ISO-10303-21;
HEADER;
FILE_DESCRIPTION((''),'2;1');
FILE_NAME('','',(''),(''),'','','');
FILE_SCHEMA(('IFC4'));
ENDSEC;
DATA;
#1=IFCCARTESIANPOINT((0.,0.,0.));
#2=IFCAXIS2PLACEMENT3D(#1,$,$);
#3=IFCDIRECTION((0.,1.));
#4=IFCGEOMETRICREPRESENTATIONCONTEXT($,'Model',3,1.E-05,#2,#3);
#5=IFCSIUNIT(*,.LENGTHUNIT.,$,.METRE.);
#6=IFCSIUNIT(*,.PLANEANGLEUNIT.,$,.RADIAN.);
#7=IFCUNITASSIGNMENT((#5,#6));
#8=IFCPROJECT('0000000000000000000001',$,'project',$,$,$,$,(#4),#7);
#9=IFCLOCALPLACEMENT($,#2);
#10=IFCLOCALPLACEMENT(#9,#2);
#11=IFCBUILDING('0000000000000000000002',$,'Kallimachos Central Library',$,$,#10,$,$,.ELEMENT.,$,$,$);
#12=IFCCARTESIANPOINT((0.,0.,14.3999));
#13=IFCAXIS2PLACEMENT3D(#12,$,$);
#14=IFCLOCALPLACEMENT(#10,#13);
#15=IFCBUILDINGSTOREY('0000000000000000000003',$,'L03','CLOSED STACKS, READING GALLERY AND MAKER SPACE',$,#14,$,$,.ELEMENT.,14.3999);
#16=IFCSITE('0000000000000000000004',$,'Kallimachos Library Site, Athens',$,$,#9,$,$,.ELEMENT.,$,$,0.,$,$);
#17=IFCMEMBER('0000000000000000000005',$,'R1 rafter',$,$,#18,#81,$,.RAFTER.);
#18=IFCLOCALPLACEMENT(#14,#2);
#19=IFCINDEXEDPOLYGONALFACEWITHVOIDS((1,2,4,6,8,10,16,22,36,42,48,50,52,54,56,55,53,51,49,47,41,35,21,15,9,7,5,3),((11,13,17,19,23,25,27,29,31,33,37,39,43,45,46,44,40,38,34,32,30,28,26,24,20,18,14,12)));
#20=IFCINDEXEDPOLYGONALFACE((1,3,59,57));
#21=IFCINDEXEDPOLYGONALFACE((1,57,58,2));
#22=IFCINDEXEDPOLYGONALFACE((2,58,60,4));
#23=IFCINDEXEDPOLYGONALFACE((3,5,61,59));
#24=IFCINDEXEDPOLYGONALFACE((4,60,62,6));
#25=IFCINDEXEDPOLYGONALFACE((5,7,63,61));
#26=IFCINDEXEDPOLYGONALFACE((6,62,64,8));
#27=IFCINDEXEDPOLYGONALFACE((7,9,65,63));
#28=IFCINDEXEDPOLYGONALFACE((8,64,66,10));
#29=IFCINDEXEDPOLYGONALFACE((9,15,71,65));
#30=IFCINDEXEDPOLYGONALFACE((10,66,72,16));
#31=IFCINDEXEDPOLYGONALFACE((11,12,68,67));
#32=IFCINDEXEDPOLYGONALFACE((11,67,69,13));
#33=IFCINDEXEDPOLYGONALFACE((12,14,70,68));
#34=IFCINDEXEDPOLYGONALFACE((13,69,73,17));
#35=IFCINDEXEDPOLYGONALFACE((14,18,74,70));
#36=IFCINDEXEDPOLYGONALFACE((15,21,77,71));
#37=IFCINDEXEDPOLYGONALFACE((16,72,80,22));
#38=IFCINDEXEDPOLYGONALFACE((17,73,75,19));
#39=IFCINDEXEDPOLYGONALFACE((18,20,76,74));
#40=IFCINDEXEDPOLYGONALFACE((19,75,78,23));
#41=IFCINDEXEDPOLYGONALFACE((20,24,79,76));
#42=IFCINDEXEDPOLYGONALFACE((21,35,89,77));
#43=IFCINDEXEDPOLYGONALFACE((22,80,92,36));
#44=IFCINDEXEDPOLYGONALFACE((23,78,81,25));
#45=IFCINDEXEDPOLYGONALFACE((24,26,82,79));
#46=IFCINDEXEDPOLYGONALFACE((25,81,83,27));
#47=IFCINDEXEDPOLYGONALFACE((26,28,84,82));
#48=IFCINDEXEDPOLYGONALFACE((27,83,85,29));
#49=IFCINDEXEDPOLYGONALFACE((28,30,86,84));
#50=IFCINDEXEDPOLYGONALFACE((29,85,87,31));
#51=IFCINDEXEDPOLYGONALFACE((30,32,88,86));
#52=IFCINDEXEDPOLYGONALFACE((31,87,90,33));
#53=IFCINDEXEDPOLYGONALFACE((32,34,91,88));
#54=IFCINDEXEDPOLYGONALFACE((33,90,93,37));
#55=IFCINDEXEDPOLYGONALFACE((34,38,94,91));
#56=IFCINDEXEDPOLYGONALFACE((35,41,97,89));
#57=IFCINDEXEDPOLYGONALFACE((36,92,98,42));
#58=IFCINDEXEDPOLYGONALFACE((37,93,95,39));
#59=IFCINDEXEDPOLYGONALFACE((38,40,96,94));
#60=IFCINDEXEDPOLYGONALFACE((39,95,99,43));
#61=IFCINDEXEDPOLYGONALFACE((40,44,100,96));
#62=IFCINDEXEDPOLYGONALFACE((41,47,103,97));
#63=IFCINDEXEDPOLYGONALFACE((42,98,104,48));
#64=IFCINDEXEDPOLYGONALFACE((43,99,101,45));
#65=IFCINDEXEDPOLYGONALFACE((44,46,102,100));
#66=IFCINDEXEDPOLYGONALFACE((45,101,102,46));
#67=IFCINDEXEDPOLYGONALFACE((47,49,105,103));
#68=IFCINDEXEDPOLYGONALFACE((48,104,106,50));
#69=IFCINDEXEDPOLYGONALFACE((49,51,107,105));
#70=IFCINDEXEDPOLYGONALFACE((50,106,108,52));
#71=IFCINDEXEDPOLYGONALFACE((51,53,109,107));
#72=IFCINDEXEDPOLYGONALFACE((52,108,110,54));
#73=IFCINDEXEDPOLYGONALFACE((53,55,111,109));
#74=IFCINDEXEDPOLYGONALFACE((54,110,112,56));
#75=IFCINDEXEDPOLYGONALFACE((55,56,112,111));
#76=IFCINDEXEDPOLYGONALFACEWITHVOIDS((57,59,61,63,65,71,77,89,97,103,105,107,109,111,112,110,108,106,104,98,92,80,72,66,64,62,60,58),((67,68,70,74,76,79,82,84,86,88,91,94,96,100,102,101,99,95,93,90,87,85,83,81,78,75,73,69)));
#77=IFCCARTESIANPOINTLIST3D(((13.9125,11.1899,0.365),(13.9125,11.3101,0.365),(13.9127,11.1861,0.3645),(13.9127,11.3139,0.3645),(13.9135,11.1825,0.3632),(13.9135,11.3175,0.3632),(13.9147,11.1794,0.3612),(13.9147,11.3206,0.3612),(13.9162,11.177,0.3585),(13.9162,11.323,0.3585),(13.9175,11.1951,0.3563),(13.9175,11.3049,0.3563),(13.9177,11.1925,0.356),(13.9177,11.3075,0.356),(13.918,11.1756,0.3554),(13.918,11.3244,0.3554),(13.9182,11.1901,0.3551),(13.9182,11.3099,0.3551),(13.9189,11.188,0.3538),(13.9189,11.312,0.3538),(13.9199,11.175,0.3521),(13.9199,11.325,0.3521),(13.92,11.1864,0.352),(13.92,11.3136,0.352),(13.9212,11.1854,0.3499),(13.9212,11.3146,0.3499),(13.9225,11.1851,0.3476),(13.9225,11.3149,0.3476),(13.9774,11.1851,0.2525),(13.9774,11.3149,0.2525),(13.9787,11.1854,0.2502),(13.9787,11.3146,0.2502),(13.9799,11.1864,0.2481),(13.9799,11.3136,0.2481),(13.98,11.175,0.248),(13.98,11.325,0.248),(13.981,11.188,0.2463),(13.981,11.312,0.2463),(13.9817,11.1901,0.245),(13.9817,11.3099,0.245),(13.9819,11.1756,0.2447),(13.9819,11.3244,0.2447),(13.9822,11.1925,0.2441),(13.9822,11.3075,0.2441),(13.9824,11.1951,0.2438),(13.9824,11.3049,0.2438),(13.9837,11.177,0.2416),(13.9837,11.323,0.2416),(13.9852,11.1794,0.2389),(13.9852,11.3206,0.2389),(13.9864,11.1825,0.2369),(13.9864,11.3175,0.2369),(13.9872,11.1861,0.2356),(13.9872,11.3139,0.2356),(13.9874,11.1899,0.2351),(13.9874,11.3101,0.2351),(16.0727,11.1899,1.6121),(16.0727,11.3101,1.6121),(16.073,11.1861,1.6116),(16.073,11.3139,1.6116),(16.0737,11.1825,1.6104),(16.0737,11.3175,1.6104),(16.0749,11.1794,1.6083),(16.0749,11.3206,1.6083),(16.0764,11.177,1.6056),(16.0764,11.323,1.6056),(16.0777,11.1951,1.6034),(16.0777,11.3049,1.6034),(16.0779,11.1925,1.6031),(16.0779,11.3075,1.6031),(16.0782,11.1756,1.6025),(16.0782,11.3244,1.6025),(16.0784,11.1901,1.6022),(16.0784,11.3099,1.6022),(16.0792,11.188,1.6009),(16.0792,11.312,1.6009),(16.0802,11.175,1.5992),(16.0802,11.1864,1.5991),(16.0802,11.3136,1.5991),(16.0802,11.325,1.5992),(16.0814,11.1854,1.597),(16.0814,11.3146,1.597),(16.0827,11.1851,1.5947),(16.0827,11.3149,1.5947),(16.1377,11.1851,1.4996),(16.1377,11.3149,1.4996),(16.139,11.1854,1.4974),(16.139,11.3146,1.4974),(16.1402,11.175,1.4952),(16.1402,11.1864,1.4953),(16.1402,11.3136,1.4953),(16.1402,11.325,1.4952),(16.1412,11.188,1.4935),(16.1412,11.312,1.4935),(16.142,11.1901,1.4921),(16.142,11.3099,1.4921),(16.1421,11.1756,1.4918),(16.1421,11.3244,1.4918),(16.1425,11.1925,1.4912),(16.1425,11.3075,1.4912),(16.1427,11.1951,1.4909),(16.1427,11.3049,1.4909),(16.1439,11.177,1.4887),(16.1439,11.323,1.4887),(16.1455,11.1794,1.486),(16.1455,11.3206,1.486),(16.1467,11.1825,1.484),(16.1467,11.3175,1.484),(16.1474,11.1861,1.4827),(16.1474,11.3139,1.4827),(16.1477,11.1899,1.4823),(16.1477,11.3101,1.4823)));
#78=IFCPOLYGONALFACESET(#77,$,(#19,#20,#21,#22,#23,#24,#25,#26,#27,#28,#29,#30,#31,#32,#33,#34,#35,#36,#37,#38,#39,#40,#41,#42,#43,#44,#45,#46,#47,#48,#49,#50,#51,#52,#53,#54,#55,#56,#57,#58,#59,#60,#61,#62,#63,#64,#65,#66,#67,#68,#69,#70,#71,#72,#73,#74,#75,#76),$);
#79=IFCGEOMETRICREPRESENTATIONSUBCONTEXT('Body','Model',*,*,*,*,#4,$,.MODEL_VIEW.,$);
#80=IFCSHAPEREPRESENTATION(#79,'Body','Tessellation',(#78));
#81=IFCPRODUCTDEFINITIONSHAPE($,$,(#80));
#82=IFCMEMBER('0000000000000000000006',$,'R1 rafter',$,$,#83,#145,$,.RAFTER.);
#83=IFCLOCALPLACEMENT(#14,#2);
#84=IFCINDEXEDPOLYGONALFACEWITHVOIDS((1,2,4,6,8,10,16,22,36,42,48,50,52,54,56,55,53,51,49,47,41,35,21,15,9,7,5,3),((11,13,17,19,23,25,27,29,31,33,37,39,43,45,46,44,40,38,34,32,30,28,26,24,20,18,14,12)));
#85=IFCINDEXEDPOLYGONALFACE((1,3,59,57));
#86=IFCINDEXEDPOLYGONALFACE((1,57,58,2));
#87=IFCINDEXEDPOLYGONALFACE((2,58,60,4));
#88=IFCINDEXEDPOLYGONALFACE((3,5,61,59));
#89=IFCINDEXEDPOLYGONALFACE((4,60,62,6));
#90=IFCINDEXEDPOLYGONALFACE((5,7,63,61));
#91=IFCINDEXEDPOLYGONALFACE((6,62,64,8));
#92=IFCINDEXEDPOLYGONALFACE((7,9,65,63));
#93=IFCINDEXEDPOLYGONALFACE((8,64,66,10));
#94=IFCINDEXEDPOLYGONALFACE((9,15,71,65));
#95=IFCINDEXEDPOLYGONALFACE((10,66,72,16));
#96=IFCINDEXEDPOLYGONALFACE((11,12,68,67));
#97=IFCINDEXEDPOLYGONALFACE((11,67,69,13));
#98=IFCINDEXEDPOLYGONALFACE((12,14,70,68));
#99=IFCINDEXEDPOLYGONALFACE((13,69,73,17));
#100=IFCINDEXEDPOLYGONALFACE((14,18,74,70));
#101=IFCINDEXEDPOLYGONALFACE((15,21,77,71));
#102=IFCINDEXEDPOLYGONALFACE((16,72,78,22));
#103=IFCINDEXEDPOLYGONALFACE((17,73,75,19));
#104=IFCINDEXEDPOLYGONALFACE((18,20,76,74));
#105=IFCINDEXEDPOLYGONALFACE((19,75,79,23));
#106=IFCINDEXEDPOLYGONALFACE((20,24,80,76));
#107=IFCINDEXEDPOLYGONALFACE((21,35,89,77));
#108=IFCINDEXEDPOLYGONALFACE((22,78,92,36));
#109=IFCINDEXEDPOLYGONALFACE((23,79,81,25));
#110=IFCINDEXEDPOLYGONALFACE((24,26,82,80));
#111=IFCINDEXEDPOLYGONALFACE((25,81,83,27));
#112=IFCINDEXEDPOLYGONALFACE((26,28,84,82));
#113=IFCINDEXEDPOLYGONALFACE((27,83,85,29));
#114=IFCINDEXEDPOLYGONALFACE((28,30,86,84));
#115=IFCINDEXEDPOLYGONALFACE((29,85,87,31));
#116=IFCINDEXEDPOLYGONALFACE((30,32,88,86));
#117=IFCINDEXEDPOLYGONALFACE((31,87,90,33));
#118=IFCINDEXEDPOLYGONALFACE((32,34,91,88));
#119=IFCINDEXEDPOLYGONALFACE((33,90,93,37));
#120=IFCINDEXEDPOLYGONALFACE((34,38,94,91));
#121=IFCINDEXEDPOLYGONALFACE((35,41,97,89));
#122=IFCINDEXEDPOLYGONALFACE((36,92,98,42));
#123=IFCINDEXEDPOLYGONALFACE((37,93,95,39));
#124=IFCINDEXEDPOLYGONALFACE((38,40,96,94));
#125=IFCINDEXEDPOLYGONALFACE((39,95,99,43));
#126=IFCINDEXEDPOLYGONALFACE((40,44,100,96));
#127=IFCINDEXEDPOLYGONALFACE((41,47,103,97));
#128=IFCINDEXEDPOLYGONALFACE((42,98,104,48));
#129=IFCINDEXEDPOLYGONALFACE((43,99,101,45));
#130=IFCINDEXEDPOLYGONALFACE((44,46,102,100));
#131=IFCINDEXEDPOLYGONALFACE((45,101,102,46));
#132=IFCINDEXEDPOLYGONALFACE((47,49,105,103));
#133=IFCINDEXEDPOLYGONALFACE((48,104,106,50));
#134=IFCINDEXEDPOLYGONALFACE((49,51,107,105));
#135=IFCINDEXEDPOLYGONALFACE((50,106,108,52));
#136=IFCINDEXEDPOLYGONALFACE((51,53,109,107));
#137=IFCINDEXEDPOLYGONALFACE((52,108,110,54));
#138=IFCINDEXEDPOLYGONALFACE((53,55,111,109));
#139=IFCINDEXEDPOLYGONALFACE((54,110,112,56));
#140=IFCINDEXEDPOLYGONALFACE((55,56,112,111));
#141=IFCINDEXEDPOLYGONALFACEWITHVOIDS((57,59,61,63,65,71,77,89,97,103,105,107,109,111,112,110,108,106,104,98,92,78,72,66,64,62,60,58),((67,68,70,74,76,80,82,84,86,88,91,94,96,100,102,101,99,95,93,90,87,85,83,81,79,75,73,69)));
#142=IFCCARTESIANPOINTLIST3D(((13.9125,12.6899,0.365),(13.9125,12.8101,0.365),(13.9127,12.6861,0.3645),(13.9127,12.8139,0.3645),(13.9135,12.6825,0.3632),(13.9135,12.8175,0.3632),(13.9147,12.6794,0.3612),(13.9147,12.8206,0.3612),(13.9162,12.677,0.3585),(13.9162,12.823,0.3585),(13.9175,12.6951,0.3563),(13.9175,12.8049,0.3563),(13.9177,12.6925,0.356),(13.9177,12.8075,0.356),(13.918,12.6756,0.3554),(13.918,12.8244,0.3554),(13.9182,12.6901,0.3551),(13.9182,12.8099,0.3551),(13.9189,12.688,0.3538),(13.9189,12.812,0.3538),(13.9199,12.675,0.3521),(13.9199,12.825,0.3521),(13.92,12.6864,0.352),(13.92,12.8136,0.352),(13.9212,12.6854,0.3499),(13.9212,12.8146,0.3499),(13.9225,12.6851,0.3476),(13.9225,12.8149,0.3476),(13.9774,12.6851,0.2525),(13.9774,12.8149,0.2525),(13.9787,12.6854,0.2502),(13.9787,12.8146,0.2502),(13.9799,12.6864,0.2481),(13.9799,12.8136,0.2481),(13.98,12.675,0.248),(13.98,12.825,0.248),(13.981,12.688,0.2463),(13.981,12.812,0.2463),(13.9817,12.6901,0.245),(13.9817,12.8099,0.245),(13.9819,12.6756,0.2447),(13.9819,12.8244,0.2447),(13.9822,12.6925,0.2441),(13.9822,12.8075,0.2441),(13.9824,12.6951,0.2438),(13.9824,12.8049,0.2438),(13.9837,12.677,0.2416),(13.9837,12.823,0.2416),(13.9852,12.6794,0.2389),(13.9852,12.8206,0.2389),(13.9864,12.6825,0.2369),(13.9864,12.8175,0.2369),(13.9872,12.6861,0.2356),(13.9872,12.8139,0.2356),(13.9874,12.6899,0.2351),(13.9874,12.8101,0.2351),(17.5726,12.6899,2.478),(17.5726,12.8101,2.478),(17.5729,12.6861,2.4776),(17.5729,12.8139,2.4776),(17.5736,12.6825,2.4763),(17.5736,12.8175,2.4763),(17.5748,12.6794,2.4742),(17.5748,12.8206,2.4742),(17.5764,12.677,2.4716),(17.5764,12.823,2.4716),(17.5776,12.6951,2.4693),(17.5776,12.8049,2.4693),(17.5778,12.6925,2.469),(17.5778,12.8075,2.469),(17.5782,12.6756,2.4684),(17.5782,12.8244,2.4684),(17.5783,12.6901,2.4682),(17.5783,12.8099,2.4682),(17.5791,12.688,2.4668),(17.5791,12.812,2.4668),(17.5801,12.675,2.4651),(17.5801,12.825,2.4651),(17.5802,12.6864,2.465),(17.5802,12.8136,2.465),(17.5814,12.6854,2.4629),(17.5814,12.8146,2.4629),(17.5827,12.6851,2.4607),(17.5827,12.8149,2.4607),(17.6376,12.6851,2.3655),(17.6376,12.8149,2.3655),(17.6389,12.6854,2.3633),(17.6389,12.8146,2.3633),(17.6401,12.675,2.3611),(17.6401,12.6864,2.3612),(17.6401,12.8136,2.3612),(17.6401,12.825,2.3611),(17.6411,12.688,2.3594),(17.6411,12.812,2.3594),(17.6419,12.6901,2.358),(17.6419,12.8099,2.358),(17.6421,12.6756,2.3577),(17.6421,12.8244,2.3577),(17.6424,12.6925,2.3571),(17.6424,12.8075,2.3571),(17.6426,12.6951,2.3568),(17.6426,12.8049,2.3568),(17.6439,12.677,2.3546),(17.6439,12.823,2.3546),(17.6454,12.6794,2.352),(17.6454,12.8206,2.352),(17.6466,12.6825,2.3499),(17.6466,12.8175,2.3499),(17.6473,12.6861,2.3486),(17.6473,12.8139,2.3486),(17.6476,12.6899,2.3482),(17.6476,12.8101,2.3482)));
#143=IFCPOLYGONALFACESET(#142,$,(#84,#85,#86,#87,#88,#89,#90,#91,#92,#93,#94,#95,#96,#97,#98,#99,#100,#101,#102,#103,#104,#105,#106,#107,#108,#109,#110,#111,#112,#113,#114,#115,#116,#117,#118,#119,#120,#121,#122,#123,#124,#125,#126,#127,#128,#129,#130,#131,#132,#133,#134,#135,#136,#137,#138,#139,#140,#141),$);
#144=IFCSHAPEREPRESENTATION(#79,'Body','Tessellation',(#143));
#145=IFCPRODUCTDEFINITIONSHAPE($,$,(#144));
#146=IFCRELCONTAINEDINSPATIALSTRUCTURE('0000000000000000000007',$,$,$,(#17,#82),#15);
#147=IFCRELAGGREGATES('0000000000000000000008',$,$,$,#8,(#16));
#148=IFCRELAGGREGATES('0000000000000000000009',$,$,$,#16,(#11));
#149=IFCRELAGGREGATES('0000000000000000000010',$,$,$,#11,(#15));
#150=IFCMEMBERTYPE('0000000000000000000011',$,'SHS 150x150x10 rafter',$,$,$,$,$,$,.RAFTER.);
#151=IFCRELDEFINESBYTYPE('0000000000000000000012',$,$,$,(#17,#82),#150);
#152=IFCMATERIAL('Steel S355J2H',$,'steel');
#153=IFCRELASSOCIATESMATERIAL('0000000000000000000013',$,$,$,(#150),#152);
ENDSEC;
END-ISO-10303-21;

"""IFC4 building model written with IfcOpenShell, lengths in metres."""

from ifc_helpers import new_model, si_unit, direction, frame, origin, origin_2d, place, context, subcontext, project, spatial, hollow_rectangle, extrude, material, material_profile, profile_set, type_object, element, save


model = new_model("IFC4")

# Units and contexts
model_context = context("Model", 3, precision=1e-05, world=origin(), true_north=direction((0.0, 1.0)))
body_context = subcontext(model_context, "Body", "Model", "MODEL_VIEW")
ifc_project = project(units=[si_unit("LENGTHUNIT", "METRE"), si_unit("PLANEANGLEUNIT", "RADIAN")], contexts=[model_context])

# Site, building, storey
site_placement = place(None, origin())
site = spatial("IfcSite", under=ifc_project, at=site_placement, Name="Kallimachos Library Site, Athens", CompositionType="ELEMENT", RefElevation=0.0)
building_placement = place(site_placement, origin())
building = spatial("IfcBuilding", under=site, at=building_placement, Name="Kallimachos Central Library", CompositionType="ELEMENT")
storey_placement = place(building_placement, frame((0.0, 0.0, 14.3999)))
storey = spatial("IfcBuildingStorey", under=building, at=storey_placement, Name="L03", Description="CLOSED STACKS, READING GALLERY AND MAKER SPACE", CompositionType="ELEMENT", Elevation=14.3999)

# Members
ifc_material_1 = material(Name="Steel S355J2H", Category="steel")
ifc_material_profile_1 = material_profile(ifc_material_1, hollow_rectangle(XDim=0.1499, YDim=0.1499, WallThickness=0.01, InnerFilletRadius=0.01, OuterFilletRadius=0.0149, at=origin_2d()), Name="SHS 150x150x10")
ifc_profile_set_1 = profile_set([ifc_material_profile_1], Name="Steel S355J2H")
member_type_1 = type_object("IfcMemberType", Name="SHS 150x150x10 rafter", PredefinedType="RAFTER", material=ifc_profile_set_1)
member_1_placement = place(storey_placement, frame((13.95, 11.25, 0.3), z_axis=(0.866042, 0.0, 0.499971), x_axis=(0.0, 1.0, 0.0)))
element("IfcMember", 1, at=member_1_placement, inside=storey, type_object=member_type_1, Name="R1 rafter", PredefinedType="RAFTER", context=body_context, shape_type="SweptSolid", body=[
    extrude(hollow_rectangle(XDim=0.1499, YDim=0.1499, WallThickness=0.01, InnerFilletRadius=0.01, OuterFilletRadius=0.0149, at=origin_2d()), origin(), (0.0, 0.0, 1.0), 2.4944),
])
for number, where, z_axis, x_axis, name in (
    (2, (13.95, 12.75, 0.3), (0.866041, 0.0, 0.499972), (0.0, 1.0, 0.0), "R1 rafter"),
):
    element("IfcMember", number, at=place(storey_placement, frame(where, z_axis=z_axis, x_axis=x_axis)), inside=storey, type_object=member_type_1, Name=name, PredefinedType="RAFTER", context=body_context, shape_type="SweptSolid", body=[
        extrude(hollow_rectangle(XDim=0.1499, YDim=0.1499, WallThickness=0.01, InnerFilletRadius=0.01, OuterFilletRadius=0.0149, at=origin_2d()), origin(), (0.0, 0.0, 1.0), 4.2263),
    ])

save(model, "model.ifc")
